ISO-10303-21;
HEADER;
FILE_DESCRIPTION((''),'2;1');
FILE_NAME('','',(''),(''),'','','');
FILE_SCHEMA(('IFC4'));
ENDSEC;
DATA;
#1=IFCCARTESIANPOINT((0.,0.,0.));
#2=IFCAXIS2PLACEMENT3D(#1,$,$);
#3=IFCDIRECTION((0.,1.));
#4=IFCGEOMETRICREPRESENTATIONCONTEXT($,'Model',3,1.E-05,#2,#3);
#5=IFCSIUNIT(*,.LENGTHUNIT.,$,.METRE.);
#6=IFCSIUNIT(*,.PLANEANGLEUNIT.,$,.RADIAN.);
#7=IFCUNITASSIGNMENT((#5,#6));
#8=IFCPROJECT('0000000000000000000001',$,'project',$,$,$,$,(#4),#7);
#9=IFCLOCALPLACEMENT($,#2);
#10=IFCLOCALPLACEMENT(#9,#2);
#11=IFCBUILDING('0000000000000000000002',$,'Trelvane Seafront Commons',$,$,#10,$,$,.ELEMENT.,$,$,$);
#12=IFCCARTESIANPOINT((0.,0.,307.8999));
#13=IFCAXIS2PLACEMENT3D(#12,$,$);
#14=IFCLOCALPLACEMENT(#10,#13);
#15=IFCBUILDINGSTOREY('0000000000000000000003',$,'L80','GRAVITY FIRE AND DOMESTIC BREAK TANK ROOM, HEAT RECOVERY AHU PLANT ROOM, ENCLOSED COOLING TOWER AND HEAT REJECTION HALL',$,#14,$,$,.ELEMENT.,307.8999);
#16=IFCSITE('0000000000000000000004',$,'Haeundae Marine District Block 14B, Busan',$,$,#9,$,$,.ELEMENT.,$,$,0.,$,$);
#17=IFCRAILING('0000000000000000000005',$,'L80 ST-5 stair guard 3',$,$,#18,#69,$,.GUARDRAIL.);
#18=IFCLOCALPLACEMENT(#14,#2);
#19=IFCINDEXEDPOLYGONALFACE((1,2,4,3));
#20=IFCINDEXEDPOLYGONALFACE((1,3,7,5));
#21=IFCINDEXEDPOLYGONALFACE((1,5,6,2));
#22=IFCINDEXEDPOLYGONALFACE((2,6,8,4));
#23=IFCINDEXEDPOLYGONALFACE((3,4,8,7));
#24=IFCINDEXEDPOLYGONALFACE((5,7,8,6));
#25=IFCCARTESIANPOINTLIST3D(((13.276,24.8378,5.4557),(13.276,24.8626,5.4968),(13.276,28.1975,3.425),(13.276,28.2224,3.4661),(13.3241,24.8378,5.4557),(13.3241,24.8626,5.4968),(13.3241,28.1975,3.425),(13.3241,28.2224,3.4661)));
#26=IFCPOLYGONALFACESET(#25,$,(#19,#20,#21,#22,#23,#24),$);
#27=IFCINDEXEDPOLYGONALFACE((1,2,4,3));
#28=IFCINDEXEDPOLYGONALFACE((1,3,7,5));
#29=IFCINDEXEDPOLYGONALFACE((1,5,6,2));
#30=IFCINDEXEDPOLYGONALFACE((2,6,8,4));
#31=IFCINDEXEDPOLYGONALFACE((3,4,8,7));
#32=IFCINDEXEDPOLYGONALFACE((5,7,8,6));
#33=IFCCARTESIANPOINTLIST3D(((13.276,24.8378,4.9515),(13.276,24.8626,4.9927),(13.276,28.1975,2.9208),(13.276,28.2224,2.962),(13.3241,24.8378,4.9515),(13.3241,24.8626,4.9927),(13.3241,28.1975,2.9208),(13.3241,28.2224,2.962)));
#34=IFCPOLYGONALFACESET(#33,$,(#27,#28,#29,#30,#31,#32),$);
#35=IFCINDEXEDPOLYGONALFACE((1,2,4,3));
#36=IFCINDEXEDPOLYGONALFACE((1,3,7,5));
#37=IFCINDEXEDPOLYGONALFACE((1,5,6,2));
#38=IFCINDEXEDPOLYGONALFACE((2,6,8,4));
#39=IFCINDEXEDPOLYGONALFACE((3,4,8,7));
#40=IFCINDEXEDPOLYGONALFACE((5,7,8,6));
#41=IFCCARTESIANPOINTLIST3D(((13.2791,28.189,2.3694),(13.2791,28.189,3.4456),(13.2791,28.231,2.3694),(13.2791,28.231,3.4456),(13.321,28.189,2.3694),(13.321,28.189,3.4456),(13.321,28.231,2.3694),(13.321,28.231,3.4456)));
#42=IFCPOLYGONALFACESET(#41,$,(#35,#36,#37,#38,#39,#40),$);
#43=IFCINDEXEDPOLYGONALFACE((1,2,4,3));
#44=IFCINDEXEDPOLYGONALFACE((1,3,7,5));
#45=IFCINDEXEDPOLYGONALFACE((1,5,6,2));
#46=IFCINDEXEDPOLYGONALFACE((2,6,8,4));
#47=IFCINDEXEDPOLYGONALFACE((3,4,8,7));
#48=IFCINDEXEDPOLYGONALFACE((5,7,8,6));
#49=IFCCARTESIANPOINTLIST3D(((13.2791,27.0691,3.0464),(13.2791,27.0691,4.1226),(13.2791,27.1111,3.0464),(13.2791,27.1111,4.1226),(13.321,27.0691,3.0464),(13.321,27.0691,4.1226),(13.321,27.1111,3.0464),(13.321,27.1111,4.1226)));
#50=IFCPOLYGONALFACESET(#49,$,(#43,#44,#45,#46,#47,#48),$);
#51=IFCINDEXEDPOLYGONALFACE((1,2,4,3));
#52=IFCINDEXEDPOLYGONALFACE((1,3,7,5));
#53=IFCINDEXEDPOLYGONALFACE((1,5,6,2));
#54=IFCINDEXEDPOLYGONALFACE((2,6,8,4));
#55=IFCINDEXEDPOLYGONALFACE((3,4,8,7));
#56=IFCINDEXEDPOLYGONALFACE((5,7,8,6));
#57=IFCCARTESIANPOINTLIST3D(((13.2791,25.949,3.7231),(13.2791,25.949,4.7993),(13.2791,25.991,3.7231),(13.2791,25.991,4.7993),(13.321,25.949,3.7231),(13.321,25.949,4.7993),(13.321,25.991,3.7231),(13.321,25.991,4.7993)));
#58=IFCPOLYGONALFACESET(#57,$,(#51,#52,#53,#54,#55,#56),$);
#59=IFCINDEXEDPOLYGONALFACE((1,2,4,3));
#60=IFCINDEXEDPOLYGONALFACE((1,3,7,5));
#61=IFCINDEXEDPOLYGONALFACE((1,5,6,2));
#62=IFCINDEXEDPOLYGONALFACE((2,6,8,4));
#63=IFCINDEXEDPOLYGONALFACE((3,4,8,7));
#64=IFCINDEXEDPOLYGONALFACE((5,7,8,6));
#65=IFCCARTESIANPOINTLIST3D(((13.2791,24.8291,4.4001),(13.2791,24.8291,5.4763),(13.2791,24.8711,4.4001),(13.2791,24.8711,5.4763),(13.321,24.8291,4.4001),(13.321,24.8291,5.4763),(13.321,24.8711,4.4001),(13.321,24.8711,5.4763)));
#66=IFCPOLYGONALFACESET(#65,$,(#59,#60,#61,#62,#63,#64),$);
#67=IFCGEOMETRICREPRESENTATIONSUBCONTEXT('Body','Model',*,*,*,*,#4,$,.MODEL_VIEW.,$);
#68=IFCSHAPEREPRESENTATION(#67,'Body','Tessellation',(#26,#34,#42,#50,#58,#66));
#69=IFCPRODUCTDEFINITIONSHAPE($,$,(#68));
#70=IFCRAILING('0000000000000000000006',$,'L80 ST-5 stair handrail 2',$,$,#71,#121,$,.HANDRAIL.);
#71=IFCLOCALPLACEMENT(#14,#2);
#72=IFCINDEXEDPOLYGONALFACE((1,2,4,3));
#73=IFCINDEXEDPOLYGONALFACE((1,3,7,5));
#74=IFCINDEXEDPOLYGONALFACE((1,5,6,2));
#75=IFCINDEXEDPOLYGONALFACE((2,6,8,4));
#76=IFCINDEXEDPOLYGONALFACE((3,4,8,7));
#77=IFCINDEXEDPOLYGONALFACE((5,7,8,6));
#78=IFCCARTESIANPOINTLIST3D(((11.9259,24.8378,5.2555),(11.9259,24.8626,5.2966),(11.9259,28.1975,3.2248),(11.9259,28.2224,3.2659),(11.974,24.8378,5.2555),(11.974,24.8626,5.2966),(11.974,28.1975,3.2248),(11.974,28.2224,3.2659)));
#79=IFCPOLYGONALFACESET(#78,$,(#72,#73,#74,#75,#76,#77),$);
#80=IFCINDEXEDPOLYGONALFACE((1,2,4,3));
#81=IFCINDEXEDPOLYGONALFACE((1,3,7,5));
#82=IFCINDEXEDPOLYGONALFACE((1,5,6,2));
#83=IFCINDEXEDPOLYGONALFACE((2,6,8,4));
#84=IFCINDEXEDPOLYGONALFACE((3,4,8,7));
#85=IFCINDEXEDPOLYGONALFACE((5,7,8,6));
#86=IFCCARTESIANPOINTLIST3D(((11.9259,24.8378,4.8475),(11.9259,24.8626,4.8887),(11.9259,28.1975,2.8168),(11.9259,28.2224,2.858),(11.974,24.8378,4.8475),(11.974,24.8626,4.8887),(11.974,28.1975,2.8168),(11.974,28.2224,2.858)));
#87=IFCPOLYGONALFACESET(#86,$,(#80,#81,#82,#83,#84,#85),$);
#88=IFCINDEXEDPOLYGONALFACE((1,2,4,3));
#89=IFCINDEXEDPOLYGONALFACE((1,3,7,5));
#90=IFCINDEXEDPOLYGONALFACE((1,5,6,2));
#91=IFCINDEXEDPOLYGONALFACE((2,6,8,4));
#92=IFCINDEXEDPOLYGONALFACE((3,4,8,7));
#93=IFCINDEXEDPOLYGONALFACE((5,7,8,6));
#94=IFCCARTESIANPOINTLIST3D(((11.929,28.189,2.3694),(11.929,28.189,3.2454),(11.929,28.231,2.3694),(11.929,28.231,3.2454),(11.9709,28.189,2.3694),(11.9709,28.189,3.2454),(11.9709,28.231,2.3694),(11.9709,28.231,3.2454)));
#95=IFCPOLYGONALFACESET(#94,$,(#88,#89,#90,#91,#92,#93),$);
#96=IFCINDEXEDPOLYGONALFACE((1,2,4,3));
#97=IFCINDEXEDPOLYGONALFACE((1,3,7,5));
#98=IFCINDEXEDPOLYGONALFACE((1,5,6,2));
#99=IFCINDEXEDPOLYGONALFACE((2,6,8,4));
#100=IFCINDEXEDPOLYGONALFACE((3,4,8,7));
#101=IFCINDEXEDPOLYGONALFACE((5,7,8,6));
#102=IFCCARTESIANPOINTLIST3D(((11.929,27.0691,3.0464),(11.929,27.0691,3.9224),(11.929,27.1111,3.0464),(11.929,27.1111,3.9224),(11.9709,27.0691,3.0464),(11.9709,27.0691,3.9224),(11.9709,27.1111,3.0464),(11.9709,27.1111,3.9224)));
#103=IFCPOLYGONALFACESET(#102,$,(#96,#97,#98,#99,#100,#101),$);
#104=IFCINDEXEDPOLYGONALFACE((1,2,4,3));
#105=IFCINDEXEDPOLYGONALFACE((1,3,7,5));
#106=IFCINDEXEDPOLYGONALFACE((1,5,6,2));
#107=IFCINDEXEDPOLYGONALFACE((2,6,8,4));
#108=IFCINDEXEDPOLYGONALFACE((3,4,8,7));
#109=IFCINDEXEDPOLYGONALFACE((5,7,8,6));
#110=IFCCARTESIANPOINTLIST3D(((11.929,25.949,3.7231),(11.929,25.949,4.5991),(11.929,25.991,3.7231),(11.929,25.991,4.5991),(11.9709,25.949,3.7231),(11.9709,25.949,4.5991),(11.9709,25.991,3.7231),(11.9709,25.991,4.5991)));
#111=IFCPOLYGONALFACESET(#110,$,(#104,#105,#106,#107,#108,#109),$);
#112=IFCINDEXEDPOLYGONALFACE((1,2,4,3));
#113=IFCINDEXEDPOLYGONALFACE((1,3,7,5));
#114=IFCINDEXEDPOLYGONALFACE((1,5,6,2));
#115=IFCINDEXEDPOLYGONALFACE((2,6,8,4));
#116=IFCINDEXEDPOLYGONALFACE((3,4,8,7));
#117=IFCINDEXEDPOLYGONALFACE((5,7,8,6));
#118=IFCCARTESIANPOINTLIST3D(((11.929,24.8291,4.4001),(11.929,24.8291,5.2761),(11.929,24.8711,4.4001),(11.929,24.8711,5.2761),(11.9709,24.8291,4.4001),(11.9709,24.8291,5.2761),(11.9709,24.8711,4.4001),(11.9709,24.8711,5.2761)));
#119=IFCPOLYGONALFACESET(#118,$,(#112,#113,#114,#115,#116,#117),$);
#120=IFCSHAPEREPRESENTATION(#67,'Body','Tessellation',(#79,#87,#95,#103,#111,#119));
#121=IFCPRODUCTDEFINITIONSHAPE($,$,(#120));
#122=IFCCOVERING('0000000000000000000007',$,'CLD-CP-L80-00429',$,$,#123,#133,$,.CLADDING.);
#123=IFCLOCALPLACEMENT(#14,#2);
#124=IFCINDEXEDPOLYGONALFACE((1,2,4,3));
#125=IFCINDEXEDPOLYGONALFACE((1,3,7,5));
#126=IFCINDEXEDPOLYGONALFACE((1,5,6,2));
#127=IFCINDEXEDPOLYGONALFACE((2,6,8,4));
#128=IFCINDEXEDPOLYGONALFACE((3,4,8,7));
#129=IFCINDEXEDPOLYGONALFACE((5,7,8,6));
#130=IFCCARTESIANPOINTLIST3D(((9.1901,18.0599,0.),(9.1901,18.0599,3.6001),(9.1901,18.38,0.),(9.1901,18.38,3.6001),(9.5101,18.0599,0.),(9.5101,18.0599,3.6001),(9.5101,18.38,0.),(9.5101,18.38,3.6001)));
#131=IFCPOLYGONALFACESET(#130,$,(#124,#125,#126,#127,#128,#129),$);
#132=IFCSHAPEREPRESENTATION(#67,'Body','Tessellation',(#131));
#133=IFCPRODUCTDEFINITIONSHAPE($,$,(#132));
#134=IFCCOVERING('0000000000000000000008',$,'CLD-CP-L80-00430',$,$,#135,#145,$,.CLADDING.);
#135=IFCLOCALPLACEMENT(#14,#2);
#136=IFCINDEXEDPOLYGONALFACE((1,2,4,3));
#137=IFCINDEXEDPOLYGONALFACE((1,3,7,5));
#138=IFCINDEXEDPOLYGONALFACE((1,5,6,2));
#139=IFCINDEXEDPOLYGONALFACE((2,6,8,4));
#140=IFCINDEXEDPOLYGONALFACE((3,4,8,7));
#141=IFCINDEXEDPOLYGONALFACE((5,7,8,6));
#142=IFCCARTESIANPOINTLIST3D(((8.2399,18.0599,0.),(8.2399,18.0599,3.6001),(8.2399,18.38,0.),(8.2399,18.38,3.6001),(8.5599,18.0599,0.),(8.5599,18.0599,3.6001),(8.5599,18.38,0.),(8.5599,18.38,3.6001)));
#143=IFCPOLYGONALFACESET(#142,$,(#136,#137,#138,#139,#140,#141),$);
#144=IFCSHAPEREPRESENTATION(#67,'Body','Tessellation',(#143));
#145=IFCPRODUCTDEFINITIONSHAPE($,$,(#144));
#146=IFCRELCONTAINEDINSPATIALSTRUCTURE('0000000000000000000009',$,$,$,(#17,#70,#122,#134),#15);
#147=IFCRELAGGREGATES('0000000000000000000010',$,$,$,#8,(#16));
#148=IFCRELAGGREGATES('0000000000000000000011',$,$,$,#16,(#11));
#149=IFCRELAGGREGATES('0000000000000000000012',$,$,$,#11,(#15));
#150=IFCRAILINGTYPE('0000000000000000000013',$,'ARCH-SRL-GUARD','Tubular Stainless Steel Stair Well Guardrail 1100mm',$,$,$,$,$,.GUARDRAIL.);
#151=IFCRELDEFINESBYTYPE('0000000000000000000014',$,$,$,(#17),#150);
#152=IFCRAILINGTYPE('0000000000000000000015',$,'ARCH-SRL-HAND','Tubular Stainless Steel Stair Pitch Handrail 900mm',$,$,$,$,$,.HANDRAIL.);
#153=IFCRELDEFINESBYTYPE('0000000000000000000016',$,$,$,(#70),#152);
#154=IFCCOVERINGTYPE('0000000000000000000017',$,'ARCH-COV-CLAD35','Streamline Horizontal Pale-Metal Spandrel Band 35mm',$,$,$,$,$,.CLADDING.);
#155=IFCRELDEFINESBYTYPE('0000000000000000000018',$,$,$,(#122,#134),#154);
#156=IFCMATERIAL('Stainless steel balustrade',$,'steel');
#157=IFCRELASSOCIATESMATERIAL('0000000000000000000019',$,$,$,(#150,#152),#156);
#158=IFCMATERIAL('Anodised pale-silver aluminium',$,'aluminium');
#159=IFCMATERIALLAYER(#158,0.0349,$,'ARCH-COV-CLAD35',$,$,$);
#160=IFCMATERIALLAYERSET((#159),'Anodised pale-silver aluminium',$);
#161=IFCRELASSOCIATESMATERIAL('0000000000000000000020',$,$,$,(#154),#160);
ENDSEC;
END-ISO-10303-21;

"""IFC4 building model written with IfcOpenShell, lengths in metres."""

from ifc_helpers import new_model, si_unit, direction, frame, origin, origin_2d, place, context, subcontext, project, spatial, rectangle, extrude, source, transform, mapped, material, layer, layer_set, type_object, element, save


model = new_model("IFC4")

# Units and contexts
model_context = context("Model", 3, precision=1e-05, world=origin(), true_north=direction((0.0, 1.0)))
body_context = subcontext(model_context, "Body", "Model", "MODEL_VIEW")
ifc_project = project(units=[si_unit("LENGTHUNIT", "METRE"), si_unit("PLANEANGLEUNIT", "RADIAN")], contexts=[model_context])

# Site, building, storey
site_placement = place(None, origin())
site = spatial("IfcSite", under=ifc_project, at=site_placement, Name="Haeundae Marine District Block 14B, Busan", CompositionType="ELEMENT", RefElevation=0.0)
building_placement = place(site_placement, origin())
building = spatial("IfcBuilding", under=site, at=building_placement, Name="Trelvane Seafront Commons", CompositionType="ELEMENT")
storey_placement = place(building_placement, frame((0.0, 0.0, 307.8999)))
storey = spatial("IfcBuildingStorey", under=building, at=storey_placement, Name="L80", Description="GRAVITY FIRE AND DOMESTIC BREAK TANK ROOM, HEAT RECOVERY AHU PLANT ROOM, ENCLOSED COOLING TOWER AND HEAT REJECTION HALL", CompositionType="ELEMENT", Elevation=307.8999)

# Shared definitions
ifc_material_1 = material(Name="Anodised pale-silver aluminium", Category="aluminium")

# Railings
ifc_material_2 = material(Name="Stainless steel balustrade", Category="steel")
railing_type_1 = type_object("IfcRailingType", Name="ARCH-SRL-GUARD", Description="Tubular Stainless Steel Stair Well Guardrail 1100mm", PredefinedType="GUARDRAIL", material=ifc_material_2)
railing_1_placement = place(storey_placement, frame((13.3, 28.21, 2.3694)))
element("IfcRailing", 1, at=railing_1_placement, inside=storey, type_object=railing_type_1, Name="L80 ST-5 stair guard 3", PredefinedType="GUARDRAIL", context=body_context, shape_type="SweptSolid", body=[
    extrude(rectangle(XDim=0.0481, YDim=0.0481, at=origin_2d()), frame((0.0, 0.0, 1.0762), z_axis=(0.0, -0.85582, 0.517273), x_axis=(1.0, 0.0, 0.0)), (0.0, 0.0, 1.0), 3.9258),
    extrude(rectangle(XDim=0.0481, YDim=0.0481, at=origin_2d()), frame((0.0, 0.0, 0.572), z_axis=(0.0, -0.85582, 0.517273), x_axis=(1.0, 0.0, 0.0)), (0.0, 0.0, 1.0), 3.9258),
    extrude(rectangle(XDim=0.042, YDim=0.042, at=origin_2d()), origin(), (0.0, 0.0, 1.0), 1.0762),
    extrude(rectangle(XDim=0.042, YDim=0.042, at=origin_2d()), frame((0.0, -1.1199, 0.677)), (0.0, 0.0, 1.0), 1.0762),
    extrude(rectangle(XDim=0.042, YDim=0.042, at=origin_2d()), frame((0.0, -2.24, 1.3538)), (0.0, 0.0, 1.0), 1.0762),
    extrude(rectangle(XDim=0.042, YDim=0.042, at=origin_2d()), frame((0.0, -3.3599, 2.0308)), (0.0, 0.0, 1.0), 1.0762),
])
railing_type_2 = type_object("IfcRailingType", Name="ARCH-SRL-HAND", Description="Tubular Stainless Steel Stair Pitch Handrail 900mm", PredefinedType="HANDRAIL", material=ifc_material_2)
railing_2_placement = place(storey_placement, frame((11.95, 28.21, 2.3694)))
element("IfcRailing", 2, at=railing_2_placement, inside=storey, type_object=railing_type_2, Name="L80 ST-5 stair handrail 2", PredefinedType="HANDRAIL", context=body_context, shape_type="SweptSolid", body=[
    extrude(rectangle(XDim=0.0481, YDim=0.0481, at=origin_2d()), frame((0.0, 0.0, 0.876), z_axis=(0.0, -0.85582, 0.517273), x_axis=(1.0, 0.0, 0.0)), (0.0, 0.0, 1.0), 3.9258),
    extrude(rectangle(XDim=0.0481, YDim=0.0481, at=origin_2d()), frame((0.0, 0.0, 0.468), z_axis=(0.0, -0.85582, 0.517273), x_axis=(1.0, 0.0, 0.0)), (0.0, 0.0, 1.0), 3.9258),
    extrude(rectangle(XDim=0.042, YDim=0.042, at=origin_2d()), origin(), (0.0, 0.0, 1.0), 0.876),
    extrude(rectangle(XDim=0.042, YDim=0.042, at=origin_2d()), frame((0.0, -1.1199, 0.677)), (0.0, 0.0, 1.0), 0.876),
    extrude(rectangle(XDim=0.042, YDim=0.042, at=origin_2d()), frame((0.0, -2.24, 1.3538)), (0.0, 0.0, 1.0), 0.876),
    extrude(rectangle(XDim=0.042, YDim=0.042, at=origin_2d()), frame((0.0, -3.3599, 2.0308)), (0.0, 0.0, 1.0), 0.876),
])

# Coverings
ifc_layer_1 = layer(ifc_material_1, 0.0349, Name="ARCH-COV-CLAD35")
ifc_layer_set_1 = layer_set([ifc_layer_1], Name="Anodised pale-silver aluminium")
covering_type = type_object("IfcCoveringType", Name="ARCH-COV-CLAD35", Description="Streamline Horizontal Pale-Metal Spandrel Band 35mm", PredefinedType="CLADDING", material=ifc_layer_set_1)
shared_shape_1 = source(origin(), body_context, "Body", "SweptSolid", [
    extrude(rectangle(XDim=0.3201, YDim=0.3201, at=origin_2d()), origin(), (0.0, 0.0, 1.0), 3.6001),
])
for number, where, z_axis, x_axis, name in (
    (3, (9.3501, 18.22, 0.0), (0.0, 0.0, 1.0), (1.0, 0.0, 0.0), "CLD-CP-L80-00429"),
    (4, (8.3999, 18.22, 0.0), (0.0, 0.0, 1.0), (1.0, 0.0, 0.0), "CLD-CP-L80-00430"),
):
    element("IfcCovering", number, at=place(storey_placement, frame(where, z_axis=z_axis, x_axis=x_axis)), inside=storey, type_object=covering_type, Name=name, PredefinedType="CLADDING", context=body_context, shape_type="MappedRepresentation", body=[
        mapped(shared_shape_1, transform((0.0, 0.0, 0.0), x_axis=(1.0, 0.0, 0.0), y_axis=(0.0, 1.0, 0.0), z_axis=(0.0, 0.0, 1.0), scale=1.0)),
    ])

save(model, "model.ifc")
